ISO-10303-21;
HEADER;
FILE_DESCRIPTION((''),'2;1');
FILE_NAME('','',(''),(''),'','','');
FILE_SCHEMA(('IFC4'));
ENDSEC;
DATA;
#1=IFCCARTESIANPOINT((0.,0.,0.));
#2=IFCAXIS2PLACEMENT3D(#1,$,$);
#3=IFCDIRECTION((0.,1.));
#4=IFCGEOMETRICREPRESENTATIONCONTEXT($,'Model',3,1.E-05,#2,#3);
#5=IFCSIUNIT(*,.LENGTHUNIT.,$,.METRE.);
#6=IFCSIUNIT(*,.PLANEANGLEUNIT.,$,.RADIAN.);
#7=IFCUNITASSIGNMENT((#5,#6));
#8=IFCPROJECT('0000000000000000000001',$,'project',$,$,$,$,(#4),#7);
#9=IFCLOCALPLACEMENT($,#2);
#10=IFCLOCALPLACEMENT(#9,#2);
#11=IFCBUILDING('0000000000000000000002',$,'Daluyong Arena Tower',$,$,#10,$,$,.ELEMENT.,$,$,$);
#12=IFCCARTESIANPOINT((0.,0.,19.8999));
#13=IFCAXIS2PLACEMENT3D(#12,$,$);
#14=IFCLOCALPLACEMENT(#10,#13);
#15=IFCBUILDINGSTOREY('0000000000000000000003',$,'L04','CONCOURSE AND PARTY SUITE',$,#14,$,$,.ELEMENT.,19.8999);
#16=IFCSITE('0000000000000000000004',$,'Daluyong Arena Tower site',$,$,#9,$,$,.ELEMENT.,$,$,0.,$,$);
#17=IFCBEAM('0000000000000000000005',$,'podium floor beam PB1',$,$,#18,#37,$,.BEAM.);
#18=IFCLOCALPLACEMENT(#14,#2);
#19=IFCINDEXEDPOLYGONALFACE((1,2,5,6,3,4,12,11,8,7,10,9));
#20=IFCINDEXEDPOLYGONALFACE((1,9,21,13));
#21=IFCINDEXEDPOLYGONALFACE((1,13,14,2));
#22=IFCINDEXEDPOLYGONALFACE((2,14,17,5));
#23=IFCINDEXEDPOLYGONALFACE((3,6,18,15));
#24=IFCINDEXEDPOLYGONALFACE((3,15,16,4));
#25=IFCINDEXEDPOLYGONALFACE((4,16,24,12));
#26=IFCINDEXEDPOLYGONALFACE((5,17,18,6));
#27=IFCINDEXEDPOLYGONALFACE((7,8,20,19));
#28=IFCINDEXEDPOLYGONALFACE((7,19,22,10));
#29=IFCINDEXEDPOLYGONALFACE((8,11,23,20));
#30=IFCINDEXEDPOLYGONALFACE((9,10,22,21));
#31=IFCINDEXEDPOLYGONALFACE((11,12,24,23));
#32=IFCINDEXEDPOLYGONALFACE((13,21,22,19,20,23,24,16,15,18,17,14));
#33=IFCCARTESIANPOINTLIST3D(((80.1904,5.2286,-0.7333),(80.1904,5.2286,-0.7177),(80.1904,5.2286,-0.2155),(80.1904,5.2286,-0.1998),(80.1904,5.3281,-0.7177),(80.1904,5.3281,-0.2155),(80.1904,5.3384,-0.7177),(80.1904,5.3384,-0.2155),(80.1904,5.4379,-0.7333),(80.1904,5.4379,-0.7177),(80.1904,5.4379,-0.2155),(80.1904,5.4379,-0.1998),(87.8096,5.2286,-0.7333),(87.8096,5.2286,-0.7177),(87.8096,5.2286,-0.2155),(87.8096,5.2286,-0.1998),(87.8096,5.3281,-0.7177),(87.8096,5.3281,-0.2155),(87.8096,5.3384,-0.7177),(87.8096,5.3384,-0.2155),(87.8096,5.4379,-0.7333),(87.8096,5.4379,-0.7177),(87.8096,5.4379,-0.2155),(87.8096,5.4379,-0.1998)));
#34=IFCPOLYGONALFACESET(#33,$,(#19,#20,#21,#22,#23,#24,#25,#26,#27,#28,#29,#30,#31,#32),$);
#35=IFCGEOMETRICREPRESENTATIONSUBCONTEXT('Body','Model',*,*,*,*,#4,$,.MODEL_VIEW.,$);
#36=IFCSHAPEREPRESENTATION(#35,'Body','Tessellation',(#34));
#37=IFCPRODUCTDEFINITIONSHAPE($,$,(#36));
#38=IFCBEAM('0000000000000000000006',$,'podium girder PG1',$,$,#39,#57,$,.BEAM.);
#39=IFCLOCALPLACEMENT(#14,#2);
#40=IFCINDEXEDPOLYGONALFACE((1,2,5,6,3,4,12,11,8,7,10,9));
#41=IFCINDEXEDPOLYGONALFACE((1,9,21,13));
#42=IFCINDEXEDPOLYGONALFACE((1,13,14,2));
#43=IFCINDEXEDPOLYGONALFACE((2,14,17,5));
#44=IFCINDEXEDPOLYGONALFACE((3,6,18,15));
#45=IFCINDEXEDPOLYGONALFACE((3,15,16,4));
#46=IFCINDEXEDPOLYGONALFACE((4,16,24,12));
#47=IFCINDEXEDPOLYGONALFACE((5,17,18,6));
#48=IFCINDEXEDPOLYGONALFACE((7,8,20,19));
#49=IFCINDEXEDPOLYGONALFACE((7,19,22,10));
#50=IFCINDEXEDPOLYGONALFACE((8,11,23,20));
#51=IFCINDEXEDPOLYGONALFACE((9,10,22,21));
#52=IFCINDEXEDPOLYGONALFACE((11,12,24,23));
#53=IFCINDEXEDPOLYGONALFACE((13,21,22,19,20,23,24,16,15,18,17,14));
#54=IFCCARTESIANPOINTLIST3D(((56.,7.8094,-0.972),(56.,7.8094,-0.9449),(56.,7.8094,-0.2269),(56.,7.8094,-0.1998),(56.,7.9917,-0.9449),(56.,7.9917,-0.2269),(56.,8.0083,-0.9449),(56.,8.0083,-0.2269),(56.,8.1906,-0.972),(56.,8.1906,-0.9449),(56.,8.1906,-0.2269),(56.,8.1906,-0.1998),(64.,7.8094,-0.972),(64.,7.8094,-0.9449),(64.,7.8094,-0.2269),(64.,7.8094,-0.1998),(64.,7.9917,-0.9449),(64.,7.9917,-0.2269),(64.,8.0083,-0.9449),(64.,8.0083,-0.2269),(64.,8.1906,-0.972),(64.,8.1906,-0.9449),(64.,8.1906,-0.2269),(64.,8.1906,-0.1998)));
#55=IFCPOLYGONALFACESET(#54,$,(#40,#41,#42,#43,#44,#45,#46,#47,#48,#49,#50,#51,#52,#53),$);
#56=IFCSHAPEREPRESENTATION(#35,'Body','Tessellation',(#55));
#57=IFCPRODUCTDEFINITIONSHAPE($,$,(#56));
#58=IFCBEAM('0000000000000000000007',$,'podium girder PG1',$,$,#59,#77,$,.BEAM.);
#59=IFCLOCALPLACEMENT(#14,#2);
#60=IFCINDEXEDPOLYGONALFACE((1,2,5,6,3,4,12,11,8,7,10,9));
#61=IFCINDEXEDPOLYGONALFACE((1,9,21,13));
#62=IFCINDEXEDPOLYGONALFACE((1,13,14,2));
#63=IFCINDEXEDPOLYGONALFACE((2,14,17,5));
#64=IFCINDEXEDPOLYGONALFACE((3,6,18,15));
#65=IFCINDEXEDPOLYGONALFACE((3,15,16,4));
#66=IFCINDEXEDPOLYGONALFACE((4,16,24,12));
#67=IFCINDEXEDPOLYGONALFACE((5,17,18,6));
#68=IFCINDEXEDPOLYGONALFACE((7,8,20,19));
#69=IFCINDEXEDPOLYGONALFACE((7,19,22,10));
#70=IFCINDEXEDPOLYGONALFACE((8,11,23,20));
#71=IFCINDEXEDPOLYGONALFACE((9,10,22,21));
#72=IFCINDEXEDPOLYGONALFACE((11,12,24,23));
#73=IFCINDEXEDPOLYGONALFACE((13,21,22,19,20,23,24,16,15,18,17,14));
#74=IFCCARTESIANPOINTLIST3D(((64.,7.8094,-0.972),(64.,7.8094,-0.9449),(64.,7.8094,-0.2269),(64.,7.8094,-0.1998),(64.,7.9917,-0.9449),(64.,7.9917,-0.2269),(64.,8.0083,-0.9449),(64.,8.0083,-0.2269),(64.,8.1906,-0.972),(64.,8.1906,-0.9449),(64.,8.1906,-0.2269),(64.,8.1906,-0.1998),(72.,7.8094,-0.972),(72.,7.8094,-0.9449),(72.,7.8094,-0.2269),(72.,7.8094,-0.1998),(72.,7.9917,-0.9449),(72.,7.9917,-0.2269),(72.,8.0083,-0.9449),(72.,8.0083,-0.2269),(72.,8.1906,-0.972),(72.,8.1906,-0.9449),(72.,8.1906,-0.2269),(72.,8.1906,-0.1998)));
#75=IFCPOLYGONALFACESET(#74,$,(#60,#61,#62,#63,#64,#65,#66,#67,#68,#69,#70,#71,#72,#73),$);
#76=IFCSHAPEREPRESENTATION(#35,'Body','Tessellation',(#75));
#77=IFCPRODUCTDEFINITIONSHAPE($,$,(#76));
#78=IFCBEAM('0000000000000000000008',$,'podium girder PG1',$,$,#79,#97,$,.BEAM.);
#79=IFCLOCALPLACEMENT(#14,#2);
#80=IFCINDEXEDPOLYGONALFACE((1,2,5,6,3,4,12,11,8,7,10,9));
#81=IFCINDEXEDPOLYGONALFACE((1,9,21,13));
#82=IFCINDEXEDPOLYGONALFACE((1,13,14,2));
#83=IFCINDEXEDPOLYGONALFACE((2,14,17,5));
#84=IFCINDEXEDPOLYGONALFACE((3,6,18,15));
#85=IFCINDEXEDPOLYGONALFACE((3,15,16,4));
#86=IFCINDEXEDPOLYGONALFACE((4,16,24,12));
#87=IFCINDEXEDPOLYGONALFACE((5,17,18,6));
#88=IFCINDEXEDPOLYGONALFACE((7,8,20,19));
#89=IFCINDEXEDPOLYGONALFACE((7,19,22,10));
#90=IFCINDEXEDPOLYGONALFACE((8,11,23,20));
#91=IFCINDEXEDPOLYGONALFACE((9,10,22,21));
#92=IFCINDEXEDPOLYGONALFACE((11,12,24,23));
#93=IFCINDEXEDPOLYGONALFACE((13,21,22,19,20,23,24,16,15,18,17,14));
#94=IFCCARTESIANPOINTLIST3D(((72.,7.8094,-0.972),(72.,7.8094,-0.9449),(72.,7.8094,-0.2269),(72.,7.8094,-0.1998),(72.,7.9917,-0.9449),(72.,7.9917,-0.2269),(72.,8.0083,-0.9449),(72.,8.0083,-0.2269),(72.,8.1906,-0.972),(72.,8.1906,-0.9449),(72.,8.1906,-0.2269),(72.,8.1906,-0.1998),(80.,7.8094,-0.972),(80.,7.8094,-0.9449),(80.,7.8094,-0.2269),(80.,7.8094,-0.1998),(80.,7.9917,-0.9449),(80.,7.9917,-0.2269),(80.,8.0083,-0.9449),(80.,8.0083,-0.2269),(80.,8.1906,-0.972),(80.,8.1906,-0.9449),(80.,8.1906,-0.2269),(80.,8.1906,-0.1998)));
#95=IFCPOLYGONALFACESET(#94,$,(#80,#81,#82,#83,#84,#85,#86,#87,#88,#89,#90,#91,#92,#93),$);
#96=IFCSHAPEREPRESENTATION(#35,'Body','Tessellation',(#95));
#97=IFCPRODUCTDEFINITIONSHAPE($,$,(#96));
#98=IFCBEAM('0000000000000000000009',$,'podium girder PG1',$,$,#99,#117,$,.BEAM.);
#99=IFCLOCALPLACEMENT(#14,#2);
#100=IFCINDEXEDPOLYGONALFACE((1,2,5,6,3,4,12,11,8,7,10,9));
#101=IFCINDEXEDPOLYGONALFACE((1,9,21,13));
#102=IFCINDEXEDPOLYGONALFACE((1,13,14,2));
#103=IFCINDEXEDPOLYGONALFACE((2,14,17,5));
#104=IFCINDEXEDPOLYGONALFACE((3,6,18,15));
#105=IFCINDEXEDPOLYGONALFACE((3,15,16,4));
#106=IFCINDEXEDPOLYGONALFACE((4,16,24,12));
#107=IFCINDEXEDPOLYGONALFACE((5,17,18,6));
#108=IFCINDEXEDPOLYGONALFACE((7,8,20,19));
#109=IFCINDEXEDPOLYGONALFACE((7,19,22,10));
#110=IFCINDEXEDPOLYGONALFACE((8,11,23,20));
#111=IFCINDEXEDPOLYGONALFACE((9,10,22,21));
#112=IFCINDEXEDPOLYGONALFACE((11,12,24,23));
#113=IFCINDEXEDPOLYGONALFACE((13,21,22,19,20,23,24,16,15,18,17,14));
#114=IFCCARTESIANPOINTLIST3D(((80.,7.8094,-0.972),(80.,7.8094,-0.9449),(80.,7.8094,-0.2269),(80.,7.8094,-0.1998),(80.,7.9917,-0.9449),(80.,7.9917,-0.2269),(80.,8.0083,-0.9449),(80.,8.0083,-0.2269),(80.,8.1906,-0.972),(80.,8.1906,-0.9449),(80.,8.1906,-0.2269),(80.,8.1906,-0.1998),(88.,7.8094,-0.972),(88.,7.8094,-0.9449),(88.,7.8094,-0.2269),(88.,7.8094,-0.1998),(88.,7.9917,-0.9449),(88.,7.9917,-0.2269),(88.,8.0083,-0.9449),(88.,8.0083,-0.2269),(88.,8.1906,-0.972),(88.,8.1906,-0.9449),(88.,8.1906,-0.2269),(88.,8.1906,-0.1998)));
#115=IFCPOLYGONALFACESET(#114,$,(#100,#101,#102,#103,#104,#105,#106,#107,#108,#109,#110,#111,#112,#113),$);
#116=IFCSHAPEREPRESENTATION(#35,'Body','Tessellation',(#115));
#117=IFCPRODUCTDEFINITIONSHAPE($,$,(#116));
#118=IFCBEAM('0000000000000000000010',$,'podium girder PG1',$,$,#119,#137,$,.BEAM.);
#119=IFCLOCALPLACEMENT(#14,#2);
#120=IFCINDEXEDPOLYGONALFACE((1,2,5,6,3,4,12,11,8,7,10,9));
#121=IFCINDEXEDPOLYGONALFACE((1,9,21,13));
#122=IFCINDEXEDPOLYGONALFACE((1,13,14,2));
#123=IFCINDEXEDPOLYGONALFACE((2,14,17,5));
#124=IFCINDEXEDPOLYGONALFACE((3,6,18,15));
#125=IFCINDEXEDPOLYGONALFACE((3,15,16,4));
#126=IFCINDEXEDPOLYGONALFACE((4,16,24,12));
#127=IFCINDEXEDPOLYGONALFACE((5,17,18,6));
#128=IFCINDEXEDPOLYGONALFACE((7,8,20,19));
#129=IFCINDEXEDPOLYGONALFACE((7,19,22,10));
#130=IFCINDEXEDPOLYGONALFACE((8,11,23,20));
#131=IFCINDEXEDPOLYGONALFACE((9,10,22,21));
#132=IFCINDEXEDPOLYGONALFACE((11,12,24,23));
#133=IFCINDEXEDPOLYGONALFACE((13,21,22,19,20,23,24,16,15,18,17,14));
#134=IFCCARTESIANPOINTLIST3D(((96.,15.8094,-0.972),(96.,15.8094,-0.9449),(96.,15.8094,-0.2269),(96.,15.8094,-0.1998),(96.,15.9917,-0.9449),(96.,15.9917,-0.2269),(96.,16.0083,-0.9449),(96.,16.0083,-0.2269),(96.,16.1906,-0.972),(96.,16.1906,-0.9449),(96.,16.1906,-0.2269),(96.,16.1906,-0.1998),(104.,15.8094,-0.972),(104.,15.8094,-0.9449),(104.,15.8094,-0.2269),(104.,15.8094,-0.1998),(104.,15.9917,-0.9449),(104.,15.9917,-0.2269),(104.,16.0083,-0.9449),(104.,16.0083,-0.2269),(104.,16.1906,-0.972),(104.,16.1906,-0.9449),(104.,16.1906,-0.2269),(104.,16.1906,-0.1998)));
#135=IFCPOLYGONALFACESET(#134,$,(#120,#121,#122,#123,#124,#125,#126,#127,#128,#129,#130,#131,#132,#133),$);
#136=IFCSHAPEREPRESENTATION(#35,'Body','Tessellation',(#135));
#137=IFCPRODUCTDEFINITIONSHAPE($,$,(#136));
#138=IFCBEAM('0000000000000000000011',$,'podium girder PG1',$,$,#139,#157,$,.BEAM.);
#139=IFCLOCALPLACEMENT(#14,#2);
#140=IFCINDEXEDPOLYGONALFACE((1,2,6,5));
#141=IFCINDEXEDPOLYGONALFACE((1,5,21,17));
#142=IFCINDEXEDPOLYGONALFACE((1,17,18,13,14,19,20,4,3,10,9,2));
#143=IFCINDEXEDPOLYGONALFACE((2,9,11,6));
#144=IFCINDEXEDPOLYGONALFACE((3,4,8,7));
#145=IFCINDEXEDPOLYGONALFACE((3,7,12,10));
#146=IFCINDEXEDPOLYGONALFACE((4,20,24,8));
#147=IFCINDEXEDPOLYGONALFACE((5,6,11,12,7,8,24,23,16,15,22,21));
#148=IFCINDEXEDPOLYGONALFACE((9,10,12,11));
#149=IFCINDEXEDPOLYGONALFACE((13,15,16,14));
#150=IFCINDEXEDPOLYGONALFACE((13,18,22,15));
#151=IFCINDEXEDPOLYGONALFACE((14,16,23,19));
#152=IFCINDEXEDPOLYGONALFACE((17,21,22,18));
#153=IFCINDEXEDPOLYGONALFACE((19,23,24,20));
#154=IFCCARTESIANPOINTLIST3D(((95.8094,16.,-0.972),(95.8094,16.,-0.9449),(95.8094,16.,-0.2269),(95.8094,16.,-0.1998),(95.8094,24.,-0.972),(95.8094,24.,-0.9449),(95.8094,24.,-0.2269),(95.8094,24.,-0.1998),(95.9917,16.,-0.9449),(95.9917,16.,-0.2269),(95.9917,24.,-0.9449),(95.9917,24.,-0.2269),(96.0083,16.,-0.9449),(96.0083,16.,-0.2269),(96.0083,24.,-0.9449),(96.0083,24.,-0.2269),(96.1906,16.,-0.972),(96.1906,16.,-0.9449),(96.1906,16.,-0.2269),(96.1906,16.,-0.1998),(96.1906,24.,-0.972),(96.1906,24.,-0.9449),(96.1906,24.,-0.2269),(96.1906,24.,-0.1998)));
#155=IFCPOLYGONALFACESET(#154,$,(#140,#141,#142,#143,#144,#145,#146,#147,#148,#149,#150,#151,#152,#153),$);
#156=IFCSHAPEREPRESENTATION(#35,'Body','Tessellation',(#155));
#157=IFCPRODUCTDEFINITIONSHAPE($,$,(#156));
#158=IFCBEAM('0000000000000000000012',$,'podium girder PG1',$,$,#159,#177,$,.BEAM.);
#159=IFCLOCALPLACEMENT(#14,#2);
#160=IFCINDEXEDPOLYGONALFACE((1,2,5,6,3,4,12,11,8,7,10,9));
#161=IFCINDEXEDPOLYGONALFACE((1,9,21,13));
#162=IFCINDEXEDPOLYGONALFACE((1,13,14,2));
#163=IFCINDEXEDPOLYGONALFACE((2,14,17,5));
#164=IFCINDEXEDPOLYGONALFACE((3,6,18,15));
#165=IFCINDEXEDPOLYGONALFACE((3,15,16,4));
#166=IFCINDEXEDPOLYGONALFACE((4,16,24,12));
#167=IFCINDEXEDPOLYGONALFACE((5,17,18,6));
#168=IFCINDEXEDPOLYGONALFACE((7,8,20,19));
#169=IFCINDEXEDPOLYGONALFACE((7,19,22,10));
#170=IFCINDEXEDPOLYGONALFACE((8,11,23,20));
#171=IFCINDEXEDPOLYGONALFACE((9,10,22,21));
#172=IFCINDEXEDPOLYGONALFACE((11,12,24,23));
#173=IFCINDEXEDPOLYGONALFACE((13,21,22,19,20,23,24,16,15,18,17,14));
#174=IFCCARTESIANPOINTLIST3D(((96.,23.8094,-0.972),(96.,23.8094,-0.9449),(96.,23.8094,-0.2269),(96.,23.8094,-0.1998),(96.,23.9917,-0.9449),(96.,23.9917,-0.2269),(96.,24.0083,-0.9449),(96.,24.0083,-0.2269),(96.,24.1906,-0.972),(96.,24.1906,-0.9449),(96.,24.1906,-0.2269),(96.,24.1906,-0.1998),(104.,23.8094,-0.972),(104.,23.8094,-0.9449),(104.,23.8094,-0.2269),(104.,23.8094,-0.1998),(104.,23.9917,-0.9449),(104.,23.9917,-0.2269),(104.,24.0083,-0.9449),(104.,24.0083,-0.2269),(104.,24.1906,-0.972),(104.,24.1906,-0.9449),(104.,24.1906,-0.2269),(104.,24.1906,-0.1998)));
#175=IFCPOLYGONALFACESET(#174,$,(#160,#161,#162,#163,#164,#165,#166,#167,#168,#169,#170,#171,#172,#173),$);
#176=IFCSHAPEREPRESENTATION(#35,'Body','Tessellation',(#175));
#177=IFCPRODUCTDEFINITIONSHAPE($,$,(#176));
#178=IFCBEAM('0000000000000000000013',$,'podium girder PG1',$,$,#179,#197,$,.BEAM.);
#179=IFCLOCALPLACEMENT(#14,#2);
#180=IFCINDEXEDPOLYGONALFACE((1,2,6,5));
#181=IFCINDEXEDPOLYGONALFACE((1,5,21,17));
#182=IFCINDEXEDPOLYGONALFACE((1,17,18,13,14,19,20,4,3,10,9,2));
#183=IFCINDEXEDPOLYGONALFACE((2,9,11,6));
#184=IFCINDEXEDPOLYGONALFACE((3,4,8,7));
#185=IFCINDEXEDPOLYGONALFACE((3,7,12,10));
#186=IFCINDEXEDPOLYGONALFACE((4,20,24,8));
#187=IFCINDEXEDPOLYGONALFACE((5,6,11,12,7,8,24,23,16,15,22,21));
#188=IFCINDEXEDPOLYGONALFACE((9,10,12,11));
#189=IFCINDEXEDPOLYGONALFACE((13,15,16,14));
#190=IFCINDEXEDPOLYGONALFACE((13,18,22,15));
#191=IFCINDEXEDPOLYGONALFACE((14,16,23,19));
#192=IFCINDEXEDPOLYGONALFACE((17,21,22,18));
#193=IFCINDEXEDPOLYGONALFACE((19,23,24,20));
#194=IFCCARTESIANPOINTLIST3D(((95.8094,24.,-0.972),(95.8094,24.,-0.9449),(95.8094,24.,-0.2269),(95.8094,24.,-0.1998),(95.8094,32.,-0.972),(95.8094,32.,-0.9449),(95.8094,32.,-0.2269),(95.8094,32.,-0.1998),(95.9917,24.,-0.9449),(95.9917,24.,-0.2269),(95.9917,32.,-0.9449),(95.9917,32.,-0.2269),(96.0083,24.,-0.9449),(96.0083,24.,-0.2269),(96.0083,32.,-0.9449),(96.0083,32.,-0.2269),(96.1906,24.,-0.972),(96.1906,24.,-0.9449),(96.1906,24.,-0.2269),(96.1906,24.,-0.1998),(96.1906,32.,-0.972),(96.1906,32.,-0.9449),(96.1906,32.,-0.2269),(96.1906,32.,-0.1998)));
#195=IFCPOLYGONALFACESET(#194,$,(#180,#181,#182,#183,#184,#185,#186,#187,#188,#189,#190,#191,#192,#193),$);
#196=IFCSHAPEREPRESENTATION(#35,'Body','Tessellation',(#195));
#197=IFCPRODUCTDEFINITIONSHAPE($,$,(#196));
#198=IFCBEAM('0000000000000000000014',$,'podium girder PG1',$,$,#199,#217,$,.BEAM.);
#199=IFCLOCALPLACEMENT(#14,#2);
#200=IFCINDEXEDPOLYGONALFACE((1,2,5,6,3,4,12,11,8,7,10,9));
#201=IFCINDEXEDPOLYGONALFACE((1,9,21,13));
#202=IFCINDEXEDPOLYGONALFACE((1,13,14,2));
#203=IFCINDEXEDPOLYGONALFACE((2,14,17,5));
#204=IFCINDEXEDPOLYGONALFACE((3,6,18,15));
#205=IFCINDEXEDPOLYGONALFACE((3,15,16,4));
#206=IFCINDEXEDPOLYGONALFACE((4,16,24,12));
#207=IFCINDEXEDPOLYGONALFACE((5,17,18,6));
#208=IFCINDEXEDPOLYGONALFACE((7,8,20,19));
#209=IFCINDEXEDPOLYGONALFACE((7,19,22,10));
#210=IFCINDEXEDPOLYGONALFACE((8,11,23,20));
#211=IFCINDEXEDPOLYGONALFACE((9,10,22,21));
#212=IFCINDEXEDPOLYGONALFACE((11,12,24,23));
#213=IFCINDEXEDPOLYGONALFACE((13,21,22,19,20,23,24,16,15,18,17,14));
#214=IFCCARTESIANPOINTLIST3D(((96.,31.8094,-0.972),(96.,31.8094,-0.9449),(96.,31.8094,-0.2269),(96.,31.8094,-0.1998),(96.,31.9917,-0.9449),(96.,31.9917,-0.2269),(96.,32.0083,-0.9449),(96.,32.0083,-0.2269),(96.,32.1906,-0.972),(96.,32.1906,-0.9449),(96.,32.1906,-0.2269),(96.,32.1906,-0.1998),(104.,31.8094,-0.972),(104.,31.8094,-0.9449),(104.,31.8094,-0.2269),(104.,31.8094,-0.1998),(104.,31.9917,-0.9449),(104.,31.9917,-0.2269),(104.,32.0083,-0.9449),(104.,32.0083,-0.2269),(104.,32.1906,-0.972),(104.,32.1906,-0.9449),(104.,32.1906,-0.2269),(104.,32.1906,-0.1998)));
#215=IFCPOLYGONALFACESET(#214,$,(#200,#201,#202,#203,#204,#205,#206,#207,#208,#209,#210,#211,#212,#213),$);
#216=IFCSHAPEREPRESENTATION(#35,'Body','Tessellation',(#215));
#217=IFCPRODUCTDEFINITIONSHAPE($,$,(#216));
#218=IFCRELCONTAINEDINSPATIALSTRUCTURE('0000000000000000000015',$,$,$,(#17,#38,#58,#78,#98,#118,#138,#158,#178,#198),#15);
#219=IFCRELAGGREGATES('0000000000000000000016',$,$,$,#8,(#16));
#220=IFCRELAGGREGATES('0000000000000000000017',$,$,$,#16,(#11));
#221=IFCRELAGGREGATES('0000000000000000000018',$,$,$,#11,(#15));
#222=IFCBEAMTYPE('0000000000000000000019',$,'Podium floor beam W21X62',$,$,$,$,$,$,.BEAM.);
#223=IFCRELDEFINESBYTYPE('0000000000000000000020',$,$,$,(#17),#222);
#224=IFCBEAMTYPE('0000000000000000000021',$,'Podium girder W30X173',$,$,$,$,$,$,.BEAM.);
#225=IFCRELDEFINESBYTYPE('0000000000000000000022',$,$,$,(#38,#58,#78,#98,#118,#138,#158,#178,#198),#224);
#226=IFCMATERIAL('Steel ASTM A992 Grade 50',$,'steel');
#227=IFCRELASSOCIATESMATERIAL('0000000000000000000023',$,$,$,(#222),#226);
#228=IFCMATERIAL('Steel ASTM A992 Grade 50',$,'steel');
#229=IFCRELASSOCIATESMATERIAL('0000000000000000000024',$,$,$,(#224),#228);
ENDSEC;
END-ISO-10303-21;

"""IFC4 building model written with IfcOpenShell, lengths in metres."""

from ifc_helpers import new_model, si_unit, direction, frame, origin, origin_2d, place, context, subcontext, project, spatial, i_section, extrude, material, material_profile, profile_set, type_object, element, save


model = new_model("IFC4")

# Units and contexts
model_context = context("Model", 3, precision=1e-05, world=origin(), true_north=direction((0.0, 1.0)))
body_context = subcontext(model_context, "Body", "Model", "MODEL_VIEW")
ifc_project = project(units=[si_unit("LENGTHUNIT", "METRE"), si_unit("PLANEANGLEUNIT", "RADIAN")], contexts=[model_context])

# Site, building, storey
site_placement = place(None, origin())
site = spatial("IfcSite", under=ifc_project, at=site_placement, Name="Daluyong Arena Tower site", CompositionType="ELEMENT", RefElevation=0.0)
building_placement = place(site_placement, origin())
building = spatial("IfcBuilding", under=site, at=building_placement, Name="Daluyong Arena Tower", CompositionType="ELEMENT")
storey_placement = place(building_placement, frame((0.0, 0.0, 19.8999)))
storey = spatial("IfcBuildingStorey", under=building, at=storey_placement, Name="L04", Description="CONCOURSE AND PARTY SUITE", CompositionType="ELEMENT", Elevation=19.8999)

# Beams
ifc_material_1 = material(Name="Steel ASTM A992 Grade 50", Category="steel")
ifc_material_profile_1 = material_profile(ifc_material_1, i_section(OverallWidth=0.2092, OverallDepth=0.5334, WebThickness=0.0103, FlangeThickness=0.0156, at=origin_2d()))
ifc_profile_set_1 = profile_set([ifc_material_profile_1], Name="Steel ASTM A992 Grade 50")
beam_type_1 = type_object("IfcBeamType", Name="Podium floor beam W21X62", PredefinedType="BEAM", material=ifc_profile_set_1)
beam_placement = place(storey_placement, frame((80.1904, 5.3333, -0.4666), z_axis=(1.0, 0.0, 0.0), x_axis=(0.0, 1.0, 0.0)))
element("IfcBeam", 1, at=beam_placement, inside=storey, type_object=beam_type_1, Name="podium floor beam PB1", PredefinedType="BEAM", context=body_context, shape_type="SweptSolid", body=[
    extrude(i_section(OverallWidth=0.2092, OverallDepth=0.5334, WebThickness=0.0103, FlangeThickness=0.0156, at=origin_2d()), origin(), (0.0, 0.0, 1.0), 7.6191),
])
ifc_material_2 = material(Name="Steel ASTM A992 Grade 50", Category="steel")
ifc_material_profile_2 = material_profile(ifc_material_2, i_section(OverallWidth=0.3811, OverallDepth=0.7722, WebThickness=0.0166, FlangeThickness=0.0271, at=origin_2d()))
ifc_profile_set_2 = profile_set([ifc_material_profile_2], Name="Steel ASTM A992 Grade 50")
beam_type_2 = type_object("IfcBeamType", Name="Podium girder W30X173", PredefinedType="BEAM", material=ifc_profile_set_2)
for number, where, z_axis, x_axis, name in (
    (2, (56.0, 8.0, -0.5859), (1.0, 0.0, 0.0), (0.0, 1.0, 0.0), "podium girder PG1"),
    (3, (64.0, 8.0, -0.5859), (1.0, 0.0, 0.0), (0.0, 1.0, 0.0), "podium girder PG1"),
    (4, (72.0, 8.0, -0.5859), (1.0, 0.0, 0.0), (0.0, 1.0, 0.0), "podium girder PG1"),
    (5, (80.0, 8.0, -0.5859), (1.0, 0.0, 0.0), (0.0, 1.0, 0.0), "podium girder PG1"),
    (6, (96.0, 16.0, -0.5859), (1.0, 0.0, 0.0), (0.0, 1.0, 0.0), "podium girder PG1"),
    (7, (96.0, 16.0, -0.5859), (0.0, 1.0, 0.0), (-1.0, 0.0, 0.0), "podium girder PG1"),
    (8, (96.0, 24.0, -0.5859), (1.0, 0.0, 0.0), (0.0, 1.0, 0.0), "podium girder PG1"),
    (9, (96.0, 24.0, -0.5859), (0.0, 1.0, 0.0), (-1.0, 0.0, 0.0), "podium girder PG1"),
    (10, (96.0, 32.0, -0.5859), (1.0, 0.0, 0.0), (0.0, 1.0, 0.0), "podium girder PG1"),
):
    element("IfcBeam", number, at=place(storey_placement, frame(where, z_axis=z_axis, x_axis=x_axis)), inside=storey, type_object=beam_type_2, Name=name, PredefinedType="BEAM", context=body_context, shape_type="SweptSolid", body=[
        extrude(i_section(OverallWidth=0.3811, OverallDepth=0.7722, WebThickness=0.0166, FlangeThickness=0.0271, at=origin_2d()), origin(), (0.0, 0.0, 1.0), 8.0),
    ])

save(model, "model.ifc")
